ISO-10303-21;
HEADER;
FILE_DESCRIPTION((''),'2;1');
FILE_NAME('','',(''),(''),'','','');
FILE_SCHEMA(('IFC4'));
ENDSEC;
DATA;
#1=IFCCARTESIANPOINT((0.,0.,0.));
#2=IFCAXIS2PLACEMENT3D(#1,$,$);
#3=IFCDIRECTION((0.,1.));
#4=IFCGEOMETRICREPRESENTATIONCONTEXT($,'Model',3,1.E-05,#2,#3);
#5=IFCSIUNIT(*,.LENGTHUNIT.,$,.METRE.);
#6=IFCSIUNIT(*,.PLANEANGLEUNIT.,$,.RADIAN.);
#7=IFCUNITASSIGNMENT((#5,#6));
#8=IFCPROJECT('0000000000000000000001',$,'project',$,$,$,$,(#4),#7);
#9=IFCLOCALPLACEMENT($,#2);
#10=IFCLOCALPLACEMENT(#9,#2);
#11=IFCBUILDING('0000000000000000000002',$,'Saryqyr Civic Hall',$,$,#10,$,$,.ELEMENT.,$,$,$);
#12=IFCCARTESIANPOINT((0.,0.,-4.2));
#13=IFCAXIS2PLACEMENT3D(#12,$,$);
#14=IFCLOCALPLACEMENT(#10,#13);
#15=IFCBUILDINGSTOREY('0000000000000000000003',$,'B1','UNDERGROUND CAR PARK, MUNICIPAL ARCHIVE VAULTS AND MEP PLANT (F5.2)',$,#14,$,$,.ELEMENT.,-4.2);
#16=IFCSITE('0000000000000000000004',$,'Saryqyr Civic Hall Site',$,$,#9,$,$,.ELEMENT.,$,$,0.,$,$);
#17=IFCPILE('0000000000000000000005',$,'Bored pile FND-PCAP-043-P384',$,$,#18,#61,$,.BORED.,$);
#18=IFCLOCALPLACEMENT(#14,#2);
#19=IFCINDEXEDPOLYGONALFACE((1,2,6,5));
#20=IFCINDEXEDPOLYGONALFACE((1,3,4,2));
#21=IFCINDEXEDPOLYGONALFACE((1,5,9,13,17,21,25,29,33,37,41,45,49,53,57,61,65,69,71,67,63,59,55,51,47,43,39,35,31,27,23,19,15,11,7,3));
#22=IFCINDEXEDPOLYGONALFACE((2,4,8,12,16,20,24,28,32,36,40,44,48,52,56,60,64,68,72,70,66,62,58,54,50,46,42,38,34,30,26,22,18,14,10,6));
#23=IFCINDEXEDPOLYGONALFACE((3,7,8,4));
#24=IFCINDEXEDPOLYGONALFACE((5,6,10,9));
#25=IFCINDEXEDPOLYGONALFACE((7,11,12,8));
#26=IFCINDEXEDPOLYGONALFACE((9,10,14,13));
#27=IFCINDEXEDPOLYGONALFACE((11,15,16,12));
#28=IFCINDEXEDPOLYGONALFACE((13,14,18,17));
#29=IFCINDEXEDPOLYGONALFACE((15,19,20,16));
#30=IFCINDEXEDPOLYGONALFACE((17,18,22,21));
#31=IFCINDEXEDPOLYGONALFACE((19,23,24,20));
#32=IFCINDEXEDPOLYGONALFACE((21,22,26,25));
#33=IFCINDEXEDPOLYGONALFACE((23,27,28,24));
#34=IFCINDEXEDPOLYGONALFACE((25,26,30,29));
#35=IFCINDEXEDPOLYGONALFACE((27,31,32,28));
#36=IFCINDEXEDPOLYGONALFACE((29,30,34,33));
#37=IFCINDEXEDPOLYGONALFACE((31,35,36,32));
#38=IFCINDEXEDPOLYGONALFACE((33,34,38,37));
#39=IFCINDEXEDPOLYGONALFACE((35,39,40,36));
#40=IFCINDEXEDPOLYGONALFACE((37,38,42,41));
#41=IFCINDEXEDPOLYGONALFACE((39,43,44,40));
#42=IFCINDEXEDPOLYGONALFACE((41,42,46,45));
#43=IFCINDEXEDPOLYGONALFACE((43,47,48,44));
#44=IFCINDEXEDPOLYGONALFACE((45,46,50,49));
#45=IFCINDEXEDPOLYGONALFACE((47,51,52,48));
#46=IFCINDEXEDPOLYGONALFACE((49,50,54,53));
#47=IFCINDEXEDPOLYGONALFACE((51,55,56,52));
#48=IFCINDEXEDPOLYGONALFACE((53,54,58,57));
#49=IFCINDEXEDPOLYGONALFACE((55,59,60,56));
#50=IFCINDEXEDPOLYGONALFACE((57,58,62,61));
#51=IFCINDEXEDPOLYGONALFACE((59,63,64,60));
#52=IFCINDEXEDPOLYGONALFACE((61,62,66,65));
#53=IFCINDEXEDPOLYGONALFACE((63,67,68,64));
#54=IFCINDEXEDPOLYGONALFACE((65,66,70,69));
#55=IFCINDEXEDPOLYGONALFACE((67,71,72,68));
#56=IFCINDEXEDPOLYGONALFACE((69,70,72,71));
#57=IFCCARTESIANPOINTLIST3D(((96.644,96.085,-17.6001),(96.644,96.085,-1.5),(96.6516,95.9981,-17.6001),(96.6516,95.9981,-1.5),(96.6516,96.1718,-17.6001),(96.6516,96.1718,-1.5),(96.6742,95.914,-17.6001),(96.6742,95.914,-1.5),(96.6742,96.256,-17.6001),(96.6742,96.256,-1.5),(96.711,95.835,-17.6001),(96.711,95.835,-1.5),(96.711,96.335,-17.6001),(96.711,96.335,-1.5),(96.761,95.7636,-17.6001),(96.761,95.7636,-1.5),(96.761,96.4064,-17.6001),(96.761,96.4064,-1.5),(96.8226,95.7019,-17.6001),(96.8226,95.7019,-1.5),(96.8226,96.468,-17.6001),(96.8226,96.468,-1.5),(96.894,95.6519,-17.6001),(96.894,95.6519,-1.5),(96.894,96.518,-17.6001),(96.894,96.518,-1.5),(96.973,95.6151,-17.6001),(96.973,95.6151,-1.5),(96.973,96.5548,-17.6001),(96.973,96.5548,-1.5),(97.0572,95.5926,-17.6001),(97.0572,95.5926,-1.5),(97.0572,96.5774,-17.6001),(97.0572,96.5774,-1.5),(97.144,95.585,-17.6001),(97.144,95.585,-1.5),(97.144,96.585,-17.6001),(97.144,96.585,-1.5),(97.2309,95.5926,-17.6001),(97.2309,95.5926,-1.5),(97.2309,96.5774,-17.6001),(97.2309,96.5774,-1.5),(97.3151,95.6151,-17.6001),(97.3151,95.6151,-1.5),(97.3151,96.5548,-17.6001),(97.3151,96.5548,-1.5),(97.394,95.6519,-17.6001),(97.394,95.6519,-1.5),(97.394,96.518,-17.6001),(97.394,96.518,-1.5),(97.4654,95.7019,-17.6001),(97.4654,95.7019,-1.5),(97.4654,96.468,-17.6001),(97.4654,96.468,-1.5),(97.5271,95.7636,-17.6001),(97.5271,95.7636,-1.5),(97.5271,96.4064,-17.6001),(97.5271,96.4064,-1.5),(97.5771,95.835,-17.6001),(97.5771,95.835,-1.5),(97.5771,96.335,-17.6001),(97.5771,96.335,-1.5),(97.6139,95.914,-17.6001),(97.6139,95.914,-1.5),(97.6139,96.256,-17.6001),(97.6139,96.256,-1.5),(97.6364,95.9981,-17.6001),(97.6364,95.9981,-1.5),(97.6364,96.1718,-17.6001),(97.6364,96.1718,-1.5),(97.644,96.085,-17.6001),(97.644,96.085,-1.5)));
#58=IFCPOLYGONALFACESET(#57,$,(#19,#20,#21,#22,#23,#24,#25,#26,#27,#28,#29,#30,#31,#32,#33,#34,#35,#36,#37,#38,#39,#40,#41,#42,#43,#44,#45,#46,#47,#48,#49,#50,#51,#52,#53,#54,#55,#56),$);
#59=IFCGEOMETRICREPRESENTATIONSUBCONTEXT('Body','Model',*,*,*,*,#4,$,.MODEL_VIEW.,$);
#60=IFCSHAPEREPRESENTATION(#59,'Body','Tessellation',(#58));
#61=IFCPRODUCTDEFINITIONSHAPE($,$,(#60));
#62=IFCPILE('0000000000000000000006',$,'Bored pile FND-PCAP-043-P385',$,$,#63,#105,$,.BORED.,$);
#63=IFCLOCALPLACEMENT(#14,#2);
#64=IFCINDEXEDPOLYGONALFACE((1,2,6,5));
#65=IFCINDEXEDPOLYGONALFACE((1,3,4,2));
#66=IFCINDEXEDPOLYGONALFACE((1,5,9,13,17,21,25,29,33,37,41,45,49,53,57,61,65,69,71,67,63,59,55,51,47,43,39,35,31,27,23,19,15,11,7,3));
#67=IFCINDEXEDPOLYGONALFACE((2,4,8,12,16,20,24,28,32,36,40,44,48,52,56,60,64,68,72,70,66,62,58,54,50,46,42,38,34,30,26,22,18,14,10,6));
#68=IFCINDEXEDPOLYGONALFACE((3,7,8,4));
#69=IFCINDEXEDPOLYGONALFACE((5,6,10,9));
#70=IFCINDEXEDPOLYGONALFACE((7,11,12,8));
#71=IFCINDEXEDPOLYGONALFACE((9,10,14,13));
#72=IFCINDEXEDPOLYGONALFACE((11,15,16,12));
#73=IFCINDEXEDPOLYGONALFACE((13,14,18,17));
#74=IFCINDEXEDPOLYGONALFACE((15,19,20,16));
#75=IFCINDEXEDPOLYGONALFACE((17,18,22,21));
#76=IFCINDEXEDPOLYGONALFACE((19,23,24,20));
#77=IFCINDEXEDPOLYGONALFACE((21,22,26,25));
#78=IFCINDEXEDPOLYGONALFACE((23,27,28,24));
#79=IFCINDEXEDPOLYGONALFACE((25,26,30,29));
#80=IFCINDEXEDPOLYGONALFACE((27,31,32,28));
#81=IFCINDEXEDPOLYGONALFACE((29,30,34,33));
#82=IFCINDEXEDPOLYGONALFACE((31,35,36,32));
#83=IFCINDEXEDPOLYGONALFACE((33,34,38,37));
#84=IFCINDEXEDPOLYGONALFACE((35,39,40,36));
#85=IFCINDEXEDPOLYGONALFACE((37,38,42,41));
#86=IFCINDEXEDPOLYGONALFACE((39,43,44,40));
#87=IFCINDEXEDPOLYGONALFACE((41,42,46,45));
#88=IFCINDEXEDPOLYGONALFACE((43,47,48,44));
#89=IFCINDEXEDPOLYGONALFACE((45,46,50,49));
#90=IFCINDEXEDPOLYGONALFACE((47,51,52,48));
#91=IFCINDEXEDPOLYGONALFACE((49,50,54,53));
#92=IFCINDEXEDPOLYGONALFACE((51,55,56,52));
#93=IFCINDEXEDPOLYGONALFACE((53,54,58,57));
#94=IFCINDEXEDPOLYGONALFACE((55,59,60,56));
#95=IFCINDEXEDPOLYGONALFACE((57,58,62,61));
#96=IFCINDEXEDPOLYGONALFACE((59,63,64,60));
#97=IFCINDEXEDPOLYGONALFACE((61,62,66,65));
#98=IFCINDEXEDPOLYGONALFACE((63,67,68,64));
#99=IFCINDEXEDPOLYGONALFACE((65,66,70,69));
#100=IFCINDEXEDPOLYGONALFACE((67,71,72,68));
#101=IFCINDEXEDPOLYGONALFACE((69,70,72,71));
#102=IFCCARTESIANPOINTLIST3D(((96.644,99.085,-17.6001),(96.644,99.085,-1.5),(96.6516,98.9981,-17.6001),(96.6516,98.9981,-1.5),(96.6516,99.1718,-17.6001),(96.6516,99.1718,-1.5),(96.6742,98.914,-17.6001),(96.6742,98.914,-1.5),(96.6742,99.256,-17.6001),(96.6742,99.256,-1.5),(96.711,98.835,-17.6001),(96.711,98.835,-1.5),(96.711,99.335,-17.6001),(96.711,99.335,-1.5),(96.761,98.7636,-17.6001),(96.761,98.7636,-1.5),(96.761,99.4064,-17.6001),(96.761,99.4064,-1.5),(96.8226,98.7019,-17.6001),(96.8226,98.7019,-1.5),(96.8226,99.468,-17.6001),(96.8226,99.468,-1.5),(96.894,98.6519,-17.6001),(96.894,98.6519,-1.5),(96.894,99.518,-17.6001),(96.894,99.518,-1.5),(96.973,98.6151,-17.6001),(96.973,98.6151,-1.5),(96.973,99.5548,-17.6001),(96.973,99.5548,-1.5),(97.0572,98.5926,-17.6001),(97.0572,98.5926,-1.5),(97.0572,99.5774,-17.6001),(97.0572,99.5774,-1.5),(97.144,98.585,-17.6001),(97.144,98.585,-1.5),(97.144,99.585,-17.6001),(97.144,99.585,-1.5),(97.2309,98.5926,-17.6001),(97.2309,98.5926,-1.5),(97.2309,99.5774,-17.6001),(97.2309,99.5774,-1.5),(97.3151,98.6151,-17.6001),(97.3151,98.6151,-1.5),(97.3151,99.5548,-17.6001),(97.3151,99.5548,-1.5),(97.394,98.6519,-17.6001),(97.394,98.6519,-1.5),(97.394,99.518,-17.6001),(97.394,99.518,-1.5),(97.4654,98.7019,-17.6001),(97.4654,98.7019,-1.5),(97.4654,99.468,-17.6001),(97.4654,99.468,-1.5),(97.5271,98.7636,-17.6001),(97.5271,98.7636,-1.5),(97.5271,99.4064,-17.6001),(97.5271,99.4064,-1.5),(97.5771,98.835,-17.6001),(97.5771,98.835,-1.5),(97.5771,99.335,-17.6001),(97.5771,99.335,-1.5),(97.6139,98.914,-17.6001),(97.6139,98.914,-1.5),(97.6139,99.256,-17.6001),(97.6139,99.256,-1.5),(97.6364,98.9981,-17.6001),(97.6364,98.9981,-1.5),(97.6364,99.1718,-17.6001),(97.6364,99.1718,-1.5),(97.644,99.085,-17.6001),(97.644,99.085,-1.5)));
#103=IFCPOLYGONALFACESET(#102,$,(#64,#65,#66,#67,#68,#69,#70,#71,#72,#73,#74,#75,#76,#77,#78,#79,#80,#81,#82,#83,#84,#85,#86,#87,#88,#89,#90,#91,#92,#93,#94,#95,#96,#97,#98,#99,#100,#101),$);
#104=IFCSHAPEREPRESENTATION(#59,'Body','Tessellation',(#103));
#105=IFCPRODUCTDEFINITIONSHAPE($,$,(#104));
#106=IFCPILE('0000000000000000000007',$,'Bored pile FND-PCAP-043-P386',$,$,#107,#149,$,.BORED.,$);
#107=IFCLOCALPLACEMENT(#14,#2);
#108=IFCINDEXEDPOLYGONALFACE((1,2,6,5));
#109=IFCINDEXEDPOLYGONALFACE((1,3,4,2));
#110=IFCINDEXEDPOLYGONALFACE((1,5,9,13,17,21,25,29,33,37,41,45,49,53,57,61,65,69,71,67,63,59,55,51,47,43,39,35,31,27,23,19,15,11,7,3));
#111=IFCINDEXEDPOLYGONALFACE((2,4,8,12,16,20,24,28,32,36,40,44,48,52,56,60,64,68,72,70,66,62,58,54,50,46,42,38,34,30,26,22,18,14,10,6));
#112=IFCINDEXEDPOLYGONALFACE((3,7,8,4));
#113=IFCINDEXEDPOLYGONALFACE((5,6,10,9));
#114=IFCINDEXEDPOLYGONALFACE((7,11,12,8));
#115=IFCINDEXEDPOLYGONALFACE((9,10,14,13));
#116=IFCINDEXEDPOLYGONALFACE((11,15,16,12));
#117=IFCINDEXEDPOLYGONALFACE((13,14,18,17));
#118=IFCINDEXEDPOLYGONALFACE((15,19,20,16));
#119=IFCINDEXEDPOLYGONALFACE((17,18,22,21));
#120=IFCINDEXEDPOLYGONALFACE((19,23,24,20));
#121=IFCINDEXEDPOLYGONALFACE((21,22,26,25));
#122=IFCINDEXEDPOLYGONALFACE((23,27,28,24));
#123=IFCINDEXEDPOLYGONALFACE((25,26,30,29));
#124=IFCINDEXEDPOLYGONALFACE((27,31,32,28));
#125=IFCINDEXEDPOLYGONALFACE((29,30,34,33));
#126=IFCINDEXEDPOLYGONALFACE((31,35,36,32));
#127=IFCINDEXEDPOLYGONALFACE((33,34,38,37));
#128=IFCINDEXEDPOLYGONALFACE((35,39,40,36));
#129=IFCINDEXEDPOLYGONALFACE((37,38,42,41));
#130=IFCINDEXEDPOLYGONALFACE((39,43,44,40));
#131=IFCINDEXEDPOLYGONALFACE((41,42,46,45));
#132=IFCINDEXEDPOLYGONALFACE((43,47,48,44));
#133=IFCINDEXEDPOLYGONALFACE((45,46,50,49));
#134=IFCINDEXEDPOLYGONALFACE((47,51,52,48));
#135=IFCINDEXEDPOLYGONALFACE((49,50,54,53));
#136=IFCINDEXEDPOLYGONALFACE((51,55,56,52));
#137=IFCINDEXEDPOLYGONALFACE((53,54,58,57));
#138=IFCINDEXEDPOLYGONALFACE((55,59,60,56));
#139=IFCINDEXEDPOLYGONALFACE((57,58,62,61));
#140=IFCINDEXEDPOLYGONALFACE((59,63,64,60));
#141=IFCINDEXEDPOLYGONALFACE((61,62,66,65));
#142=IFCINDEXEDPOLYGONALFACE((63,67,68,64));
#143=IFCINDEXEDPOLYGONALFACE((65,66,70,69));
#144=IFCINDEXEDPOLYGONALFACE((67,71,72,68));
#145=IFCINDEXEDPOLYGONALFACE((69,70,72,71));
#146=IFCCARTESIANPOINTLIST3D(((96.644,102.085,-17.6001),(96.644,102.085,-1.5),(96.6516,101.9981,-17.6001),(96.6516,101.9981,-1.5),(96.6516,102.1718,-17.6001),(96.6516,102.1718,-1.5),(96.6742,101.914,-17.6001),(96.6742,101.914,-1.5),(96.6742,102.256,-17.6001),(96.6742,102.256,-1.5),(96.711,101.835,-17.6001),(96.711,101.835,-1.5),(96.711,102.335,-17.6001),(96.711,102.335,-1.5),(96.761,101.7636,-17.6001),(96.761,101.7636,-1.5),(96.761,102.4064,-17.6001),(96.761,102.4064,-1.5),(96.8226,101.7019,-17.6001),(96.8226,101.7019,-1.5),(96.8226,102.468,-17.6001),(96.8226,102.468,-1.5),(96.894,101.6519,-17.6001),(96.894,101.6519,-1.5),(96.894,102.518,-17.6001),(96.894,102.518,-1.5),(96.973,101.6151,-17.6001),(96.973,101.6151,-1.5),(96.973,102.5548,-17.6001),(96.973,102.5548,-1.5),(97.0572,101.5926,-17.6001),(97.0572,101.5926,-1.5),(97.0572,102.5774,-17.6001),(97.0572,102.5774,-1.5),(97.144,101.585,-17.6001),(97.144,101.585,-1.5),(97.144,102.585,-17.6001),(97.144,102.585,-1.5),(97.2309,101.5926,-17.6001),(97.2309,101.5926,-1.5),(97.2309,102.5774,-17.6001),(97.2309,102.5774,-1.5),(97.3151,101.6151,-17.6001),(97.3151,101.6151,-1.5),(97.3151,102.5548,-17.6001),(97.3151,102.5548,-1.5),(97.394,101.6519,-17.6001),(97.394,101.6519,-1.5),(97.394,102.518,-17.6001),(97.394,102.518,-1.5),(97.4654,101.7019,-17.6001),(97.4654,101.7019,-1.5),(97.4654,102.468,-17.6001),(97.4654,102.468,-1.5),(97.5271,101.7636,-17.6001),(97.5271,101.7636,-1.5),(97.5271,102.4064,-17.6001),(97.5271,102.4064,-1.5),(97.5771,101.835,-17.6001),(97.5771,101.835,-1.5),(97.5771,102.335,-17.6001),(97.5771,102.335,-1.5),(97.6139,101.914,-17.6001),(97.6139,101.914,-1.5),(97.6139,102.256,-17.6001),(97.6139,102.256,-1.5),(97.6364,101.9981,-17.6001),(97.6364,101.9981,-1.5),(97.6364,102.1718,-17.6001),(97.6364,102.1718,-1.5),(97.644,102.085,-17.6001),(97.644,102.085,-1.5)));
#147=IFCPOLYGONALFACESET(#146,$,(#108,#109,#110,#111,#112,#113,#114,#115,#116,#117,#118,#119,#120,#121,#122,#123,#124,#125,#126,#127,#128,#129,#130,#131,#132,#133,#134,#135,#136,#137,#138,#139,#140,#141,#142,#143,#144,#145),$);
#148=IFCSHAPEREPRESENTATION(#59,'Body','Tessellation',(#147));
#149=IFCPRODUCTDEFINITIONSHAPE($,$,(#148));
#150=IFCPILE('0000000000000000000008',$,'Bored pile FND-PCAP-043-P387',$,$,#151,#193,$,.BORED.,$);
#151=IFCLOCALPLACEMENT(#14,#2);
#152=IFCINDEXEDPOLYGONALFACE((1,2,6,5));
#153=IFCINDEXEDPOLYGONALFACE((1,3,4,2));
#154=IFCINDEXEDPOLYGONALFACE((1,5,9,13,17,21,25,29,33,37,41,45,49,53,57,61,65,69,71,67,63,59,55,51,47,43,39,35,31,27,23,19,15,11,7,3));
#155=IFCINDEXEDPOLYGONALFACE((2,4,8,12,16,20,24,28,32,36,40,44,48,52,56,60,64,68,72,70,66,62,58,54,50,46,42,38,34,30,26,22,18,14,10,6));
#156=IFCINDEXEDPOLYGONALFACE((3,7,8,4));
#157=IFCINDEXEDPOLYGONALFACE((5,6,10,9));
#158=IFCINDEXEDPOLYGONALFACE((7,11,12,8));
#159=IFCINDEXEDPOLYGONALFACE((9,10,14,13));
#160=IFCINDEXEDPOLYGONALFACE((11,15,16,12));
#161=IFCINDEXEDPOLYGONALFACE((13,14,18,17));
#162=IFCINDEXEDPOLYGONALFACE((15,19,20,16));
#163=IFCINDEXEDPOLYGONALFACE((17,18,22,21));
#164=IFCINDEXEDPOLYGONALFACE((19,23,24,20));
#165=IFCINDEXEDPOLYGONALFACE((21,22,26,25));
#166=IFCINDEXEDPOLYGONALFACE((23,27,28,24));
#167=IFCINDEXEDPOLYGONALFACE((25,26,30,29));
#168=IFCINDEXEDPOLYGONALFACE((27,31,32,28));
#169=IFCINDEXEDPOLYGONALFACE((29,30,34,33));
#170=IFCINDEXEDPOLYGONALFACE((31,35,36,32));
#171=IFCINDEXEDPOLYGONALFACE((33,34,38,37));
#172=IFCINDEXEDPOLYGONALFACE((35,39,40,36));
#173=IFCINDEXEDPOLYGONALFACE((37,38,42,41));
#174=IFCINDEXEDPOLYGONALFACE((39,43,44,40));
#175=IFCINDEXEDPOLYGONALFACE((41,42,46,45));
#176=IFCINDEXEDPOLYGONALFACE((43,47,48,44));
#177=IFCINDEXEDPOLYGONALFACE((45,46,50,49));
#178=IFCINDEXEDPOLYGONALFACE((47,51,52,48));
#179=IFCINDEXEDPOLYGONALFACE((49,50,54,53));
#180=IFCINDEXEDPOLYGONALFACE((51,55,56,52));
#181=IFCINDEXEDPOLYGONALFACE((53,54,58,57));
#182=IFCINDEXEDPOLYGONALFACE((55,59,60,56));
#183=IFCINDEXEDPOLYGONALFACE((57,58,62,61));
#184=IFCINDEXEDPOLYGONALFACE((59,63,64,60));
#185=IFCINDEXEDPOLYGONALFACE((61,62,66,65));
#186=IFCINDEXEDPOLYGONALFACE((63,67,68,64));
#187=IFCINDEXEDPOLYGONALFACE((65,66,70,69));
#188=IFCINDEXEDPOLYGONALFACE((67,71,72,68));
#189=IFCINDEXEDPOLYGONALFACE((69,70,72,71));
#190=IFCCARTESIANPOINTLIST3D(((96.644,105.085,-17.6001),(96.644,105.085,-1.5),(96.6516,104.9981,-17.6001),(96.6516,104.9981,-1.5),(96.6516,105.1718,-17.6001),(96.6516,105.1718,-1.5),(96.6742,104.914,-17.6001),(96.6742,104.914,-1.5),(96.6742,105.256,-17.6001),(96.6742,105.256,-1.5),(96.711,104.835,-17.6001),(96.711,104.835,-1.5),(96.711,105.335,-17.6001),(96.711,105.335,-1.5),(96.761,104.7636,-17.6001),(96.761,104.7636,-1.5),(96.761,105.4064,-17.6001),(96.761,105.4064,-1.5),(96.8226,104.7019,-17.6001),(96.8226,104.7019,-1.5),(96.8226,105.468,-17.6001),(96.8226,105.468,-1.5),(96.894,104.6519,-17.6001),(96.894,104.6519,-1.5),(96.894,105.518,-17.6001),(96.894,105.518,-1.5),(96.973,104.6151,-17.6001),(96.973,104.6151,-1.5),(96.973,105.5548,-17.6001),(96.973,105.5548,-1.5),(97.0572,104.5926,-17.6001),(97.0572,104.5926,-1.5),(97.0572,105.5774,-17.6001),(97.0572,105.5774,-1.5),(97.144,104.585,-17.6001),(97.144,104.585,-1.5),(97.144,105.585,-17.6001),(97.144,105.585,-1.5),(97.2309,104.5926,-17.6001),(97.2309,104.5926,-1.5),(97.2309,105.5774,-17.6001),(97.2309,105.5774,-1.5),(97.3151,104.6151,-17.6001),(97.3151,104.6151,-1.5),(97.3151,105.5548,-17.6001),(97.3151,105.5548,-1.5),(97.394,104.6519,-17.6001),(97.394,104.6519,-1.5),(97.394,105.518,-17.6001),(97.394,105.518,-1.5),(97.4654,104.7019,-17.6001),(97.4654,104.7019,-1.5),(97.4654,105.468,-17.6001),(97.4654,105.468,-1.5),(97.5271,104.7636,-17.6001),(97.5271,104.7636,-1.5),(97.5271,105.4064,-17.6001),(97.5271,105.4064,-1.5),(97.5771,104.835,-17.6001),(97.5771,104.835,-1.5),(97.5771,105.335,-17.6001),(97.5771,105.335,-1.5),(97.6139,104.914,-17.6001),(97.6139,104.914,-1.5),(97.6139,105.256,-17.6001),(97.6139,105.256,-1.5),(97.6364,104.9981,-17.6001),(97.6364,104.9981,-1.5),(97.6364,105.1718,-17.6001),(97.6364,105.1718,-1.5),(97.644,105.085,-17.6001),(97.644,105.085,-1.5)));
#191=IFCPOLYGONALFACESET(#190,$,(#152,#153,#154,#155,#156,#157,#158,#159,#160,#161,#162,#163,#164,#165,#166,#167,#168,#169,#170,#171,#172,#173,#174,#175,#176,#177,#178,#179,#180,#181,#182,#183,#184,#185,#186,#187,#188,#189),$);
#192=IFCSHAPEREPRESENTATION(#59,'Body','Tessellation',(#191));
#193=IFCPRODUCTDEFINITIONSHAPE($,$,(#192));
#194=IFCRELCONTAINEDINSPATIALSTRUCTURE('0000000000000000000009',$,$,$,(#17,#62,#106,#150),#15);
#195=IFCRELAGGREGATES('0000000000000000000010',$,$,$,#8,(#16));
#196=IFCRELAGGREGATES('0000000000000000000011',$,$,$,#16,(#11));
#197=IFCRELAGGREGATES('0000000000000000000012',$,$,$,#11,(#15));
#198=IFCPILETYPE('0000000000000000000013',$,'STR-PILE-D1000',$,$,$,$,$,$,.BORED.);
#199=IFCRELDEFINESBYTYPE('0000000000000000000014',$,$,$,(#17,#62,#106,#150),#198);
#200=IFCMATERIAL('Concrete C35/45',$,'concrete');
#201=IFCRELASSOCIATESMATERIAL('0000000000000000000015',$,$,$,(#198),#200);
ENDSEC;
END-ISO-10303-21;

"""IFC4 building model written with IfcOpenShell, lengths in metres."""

from ifc_helpers import new_model, si_unit, direction, frame, origin, origin_2d, place, context, subcontext, project, spatial, circle, extrude, material, material_profile, profile_set, type_object, element, save


model = new_model("IFC4")

# Units and contexts
model_context = context("Model", 3, precision=1e-05, world=origin(), true_north=direction((0.0, 1.0)))
body_context = subcontext(model_context, "Body", "Model", "MODEL_VIEW")
ifc_project = project(units=[si_unit("LENGTHUNIT", "METRE"), si_unit("PLANEANGLEUNIT", "RADIAN")], contexts=[model_context])

# Site, building, storey
site_placement = place(None, origin())
site = spatial("IfcSite", under=ifc_project, at=site_placement, Name="Saryqyr Civic Hall Site", CompositionType="ELEMENT", RefElevation=0.0)
building_placement = place(site_placement, origin())
building = spatial("IfcBuilding", under=site, at=building_placement, Name="Saryqyr Civic Hall", CompositionType="ELEMENT")
storey_placement = place(building_placement, frame((0.0, 0.0, -4.2)))
storey = spatial("IfcBuildingStorey", under=building, at=storey_placement, Name="B1", Description="UNDERGROUND CAR PARK, MUNICIPAL ARCHIVE VAULTS AND MEP PLANT (F5.2)", CompositionType="ELEMENT", Elevation=-4.2)

# Piles
ifc_material_1 = material(Name="Concrete C35/45", Category="concrete")
ifc_material_profile_1 = material_profile(ifc_material_1, circle(Radius=0.5, at=origin_2d()), Name="BORED PILE D1000")
ifc_profile_set_1 = profile_set([ifc_material_profile_1], Name="Concrete C35/45")
pile_type = type_object("IfcPileType", Name="STR-PILE-D1000", PredefinedType="BORED", material=ifc_profile_set_1)
for number, where, z_axis, x_axis, name in (
    (1, (97.144, 96.085, -1.5), (0.0, 0.0, -1.0), (1.0, 0.0, 0.0), "Bored pile FND-PCAP-043-P384"),
    (2, (97.144, 99.085, -1.5), (0.0, 0.0, -1.0), (1.0, 0.0, 0.0), "Bored pile FND-PCAP-043-P385"),
    (3, (97.144, 102.085, -1.5), (0.0, 0.0, -1.0), (1.0, 0.0, 0.0), "Bored pile FND-PCAP-043-P386"),
    (4, (97.144, 105.085, -1.5), (0.0, 0.0, -1.0), (1.0, 0.0, 0.0), "Bored pile FND-PCAP-043-P387"),
):
    element("IfcPile", number, at=place(storey_placement, frame(where, z_axis=z_axis, x_axis=x_axis)), inside=storey, type_object=pile_type, Name=name, PredefinedType="BORED", context=body_context, shape_type="SweptSolid", body=[
        extrude(circle(Radius=0.5, at=origin_2d()), origin(), (0.0, 0.0, 1.0), 16.1001),
    ])

save(model, "model.ifc")
